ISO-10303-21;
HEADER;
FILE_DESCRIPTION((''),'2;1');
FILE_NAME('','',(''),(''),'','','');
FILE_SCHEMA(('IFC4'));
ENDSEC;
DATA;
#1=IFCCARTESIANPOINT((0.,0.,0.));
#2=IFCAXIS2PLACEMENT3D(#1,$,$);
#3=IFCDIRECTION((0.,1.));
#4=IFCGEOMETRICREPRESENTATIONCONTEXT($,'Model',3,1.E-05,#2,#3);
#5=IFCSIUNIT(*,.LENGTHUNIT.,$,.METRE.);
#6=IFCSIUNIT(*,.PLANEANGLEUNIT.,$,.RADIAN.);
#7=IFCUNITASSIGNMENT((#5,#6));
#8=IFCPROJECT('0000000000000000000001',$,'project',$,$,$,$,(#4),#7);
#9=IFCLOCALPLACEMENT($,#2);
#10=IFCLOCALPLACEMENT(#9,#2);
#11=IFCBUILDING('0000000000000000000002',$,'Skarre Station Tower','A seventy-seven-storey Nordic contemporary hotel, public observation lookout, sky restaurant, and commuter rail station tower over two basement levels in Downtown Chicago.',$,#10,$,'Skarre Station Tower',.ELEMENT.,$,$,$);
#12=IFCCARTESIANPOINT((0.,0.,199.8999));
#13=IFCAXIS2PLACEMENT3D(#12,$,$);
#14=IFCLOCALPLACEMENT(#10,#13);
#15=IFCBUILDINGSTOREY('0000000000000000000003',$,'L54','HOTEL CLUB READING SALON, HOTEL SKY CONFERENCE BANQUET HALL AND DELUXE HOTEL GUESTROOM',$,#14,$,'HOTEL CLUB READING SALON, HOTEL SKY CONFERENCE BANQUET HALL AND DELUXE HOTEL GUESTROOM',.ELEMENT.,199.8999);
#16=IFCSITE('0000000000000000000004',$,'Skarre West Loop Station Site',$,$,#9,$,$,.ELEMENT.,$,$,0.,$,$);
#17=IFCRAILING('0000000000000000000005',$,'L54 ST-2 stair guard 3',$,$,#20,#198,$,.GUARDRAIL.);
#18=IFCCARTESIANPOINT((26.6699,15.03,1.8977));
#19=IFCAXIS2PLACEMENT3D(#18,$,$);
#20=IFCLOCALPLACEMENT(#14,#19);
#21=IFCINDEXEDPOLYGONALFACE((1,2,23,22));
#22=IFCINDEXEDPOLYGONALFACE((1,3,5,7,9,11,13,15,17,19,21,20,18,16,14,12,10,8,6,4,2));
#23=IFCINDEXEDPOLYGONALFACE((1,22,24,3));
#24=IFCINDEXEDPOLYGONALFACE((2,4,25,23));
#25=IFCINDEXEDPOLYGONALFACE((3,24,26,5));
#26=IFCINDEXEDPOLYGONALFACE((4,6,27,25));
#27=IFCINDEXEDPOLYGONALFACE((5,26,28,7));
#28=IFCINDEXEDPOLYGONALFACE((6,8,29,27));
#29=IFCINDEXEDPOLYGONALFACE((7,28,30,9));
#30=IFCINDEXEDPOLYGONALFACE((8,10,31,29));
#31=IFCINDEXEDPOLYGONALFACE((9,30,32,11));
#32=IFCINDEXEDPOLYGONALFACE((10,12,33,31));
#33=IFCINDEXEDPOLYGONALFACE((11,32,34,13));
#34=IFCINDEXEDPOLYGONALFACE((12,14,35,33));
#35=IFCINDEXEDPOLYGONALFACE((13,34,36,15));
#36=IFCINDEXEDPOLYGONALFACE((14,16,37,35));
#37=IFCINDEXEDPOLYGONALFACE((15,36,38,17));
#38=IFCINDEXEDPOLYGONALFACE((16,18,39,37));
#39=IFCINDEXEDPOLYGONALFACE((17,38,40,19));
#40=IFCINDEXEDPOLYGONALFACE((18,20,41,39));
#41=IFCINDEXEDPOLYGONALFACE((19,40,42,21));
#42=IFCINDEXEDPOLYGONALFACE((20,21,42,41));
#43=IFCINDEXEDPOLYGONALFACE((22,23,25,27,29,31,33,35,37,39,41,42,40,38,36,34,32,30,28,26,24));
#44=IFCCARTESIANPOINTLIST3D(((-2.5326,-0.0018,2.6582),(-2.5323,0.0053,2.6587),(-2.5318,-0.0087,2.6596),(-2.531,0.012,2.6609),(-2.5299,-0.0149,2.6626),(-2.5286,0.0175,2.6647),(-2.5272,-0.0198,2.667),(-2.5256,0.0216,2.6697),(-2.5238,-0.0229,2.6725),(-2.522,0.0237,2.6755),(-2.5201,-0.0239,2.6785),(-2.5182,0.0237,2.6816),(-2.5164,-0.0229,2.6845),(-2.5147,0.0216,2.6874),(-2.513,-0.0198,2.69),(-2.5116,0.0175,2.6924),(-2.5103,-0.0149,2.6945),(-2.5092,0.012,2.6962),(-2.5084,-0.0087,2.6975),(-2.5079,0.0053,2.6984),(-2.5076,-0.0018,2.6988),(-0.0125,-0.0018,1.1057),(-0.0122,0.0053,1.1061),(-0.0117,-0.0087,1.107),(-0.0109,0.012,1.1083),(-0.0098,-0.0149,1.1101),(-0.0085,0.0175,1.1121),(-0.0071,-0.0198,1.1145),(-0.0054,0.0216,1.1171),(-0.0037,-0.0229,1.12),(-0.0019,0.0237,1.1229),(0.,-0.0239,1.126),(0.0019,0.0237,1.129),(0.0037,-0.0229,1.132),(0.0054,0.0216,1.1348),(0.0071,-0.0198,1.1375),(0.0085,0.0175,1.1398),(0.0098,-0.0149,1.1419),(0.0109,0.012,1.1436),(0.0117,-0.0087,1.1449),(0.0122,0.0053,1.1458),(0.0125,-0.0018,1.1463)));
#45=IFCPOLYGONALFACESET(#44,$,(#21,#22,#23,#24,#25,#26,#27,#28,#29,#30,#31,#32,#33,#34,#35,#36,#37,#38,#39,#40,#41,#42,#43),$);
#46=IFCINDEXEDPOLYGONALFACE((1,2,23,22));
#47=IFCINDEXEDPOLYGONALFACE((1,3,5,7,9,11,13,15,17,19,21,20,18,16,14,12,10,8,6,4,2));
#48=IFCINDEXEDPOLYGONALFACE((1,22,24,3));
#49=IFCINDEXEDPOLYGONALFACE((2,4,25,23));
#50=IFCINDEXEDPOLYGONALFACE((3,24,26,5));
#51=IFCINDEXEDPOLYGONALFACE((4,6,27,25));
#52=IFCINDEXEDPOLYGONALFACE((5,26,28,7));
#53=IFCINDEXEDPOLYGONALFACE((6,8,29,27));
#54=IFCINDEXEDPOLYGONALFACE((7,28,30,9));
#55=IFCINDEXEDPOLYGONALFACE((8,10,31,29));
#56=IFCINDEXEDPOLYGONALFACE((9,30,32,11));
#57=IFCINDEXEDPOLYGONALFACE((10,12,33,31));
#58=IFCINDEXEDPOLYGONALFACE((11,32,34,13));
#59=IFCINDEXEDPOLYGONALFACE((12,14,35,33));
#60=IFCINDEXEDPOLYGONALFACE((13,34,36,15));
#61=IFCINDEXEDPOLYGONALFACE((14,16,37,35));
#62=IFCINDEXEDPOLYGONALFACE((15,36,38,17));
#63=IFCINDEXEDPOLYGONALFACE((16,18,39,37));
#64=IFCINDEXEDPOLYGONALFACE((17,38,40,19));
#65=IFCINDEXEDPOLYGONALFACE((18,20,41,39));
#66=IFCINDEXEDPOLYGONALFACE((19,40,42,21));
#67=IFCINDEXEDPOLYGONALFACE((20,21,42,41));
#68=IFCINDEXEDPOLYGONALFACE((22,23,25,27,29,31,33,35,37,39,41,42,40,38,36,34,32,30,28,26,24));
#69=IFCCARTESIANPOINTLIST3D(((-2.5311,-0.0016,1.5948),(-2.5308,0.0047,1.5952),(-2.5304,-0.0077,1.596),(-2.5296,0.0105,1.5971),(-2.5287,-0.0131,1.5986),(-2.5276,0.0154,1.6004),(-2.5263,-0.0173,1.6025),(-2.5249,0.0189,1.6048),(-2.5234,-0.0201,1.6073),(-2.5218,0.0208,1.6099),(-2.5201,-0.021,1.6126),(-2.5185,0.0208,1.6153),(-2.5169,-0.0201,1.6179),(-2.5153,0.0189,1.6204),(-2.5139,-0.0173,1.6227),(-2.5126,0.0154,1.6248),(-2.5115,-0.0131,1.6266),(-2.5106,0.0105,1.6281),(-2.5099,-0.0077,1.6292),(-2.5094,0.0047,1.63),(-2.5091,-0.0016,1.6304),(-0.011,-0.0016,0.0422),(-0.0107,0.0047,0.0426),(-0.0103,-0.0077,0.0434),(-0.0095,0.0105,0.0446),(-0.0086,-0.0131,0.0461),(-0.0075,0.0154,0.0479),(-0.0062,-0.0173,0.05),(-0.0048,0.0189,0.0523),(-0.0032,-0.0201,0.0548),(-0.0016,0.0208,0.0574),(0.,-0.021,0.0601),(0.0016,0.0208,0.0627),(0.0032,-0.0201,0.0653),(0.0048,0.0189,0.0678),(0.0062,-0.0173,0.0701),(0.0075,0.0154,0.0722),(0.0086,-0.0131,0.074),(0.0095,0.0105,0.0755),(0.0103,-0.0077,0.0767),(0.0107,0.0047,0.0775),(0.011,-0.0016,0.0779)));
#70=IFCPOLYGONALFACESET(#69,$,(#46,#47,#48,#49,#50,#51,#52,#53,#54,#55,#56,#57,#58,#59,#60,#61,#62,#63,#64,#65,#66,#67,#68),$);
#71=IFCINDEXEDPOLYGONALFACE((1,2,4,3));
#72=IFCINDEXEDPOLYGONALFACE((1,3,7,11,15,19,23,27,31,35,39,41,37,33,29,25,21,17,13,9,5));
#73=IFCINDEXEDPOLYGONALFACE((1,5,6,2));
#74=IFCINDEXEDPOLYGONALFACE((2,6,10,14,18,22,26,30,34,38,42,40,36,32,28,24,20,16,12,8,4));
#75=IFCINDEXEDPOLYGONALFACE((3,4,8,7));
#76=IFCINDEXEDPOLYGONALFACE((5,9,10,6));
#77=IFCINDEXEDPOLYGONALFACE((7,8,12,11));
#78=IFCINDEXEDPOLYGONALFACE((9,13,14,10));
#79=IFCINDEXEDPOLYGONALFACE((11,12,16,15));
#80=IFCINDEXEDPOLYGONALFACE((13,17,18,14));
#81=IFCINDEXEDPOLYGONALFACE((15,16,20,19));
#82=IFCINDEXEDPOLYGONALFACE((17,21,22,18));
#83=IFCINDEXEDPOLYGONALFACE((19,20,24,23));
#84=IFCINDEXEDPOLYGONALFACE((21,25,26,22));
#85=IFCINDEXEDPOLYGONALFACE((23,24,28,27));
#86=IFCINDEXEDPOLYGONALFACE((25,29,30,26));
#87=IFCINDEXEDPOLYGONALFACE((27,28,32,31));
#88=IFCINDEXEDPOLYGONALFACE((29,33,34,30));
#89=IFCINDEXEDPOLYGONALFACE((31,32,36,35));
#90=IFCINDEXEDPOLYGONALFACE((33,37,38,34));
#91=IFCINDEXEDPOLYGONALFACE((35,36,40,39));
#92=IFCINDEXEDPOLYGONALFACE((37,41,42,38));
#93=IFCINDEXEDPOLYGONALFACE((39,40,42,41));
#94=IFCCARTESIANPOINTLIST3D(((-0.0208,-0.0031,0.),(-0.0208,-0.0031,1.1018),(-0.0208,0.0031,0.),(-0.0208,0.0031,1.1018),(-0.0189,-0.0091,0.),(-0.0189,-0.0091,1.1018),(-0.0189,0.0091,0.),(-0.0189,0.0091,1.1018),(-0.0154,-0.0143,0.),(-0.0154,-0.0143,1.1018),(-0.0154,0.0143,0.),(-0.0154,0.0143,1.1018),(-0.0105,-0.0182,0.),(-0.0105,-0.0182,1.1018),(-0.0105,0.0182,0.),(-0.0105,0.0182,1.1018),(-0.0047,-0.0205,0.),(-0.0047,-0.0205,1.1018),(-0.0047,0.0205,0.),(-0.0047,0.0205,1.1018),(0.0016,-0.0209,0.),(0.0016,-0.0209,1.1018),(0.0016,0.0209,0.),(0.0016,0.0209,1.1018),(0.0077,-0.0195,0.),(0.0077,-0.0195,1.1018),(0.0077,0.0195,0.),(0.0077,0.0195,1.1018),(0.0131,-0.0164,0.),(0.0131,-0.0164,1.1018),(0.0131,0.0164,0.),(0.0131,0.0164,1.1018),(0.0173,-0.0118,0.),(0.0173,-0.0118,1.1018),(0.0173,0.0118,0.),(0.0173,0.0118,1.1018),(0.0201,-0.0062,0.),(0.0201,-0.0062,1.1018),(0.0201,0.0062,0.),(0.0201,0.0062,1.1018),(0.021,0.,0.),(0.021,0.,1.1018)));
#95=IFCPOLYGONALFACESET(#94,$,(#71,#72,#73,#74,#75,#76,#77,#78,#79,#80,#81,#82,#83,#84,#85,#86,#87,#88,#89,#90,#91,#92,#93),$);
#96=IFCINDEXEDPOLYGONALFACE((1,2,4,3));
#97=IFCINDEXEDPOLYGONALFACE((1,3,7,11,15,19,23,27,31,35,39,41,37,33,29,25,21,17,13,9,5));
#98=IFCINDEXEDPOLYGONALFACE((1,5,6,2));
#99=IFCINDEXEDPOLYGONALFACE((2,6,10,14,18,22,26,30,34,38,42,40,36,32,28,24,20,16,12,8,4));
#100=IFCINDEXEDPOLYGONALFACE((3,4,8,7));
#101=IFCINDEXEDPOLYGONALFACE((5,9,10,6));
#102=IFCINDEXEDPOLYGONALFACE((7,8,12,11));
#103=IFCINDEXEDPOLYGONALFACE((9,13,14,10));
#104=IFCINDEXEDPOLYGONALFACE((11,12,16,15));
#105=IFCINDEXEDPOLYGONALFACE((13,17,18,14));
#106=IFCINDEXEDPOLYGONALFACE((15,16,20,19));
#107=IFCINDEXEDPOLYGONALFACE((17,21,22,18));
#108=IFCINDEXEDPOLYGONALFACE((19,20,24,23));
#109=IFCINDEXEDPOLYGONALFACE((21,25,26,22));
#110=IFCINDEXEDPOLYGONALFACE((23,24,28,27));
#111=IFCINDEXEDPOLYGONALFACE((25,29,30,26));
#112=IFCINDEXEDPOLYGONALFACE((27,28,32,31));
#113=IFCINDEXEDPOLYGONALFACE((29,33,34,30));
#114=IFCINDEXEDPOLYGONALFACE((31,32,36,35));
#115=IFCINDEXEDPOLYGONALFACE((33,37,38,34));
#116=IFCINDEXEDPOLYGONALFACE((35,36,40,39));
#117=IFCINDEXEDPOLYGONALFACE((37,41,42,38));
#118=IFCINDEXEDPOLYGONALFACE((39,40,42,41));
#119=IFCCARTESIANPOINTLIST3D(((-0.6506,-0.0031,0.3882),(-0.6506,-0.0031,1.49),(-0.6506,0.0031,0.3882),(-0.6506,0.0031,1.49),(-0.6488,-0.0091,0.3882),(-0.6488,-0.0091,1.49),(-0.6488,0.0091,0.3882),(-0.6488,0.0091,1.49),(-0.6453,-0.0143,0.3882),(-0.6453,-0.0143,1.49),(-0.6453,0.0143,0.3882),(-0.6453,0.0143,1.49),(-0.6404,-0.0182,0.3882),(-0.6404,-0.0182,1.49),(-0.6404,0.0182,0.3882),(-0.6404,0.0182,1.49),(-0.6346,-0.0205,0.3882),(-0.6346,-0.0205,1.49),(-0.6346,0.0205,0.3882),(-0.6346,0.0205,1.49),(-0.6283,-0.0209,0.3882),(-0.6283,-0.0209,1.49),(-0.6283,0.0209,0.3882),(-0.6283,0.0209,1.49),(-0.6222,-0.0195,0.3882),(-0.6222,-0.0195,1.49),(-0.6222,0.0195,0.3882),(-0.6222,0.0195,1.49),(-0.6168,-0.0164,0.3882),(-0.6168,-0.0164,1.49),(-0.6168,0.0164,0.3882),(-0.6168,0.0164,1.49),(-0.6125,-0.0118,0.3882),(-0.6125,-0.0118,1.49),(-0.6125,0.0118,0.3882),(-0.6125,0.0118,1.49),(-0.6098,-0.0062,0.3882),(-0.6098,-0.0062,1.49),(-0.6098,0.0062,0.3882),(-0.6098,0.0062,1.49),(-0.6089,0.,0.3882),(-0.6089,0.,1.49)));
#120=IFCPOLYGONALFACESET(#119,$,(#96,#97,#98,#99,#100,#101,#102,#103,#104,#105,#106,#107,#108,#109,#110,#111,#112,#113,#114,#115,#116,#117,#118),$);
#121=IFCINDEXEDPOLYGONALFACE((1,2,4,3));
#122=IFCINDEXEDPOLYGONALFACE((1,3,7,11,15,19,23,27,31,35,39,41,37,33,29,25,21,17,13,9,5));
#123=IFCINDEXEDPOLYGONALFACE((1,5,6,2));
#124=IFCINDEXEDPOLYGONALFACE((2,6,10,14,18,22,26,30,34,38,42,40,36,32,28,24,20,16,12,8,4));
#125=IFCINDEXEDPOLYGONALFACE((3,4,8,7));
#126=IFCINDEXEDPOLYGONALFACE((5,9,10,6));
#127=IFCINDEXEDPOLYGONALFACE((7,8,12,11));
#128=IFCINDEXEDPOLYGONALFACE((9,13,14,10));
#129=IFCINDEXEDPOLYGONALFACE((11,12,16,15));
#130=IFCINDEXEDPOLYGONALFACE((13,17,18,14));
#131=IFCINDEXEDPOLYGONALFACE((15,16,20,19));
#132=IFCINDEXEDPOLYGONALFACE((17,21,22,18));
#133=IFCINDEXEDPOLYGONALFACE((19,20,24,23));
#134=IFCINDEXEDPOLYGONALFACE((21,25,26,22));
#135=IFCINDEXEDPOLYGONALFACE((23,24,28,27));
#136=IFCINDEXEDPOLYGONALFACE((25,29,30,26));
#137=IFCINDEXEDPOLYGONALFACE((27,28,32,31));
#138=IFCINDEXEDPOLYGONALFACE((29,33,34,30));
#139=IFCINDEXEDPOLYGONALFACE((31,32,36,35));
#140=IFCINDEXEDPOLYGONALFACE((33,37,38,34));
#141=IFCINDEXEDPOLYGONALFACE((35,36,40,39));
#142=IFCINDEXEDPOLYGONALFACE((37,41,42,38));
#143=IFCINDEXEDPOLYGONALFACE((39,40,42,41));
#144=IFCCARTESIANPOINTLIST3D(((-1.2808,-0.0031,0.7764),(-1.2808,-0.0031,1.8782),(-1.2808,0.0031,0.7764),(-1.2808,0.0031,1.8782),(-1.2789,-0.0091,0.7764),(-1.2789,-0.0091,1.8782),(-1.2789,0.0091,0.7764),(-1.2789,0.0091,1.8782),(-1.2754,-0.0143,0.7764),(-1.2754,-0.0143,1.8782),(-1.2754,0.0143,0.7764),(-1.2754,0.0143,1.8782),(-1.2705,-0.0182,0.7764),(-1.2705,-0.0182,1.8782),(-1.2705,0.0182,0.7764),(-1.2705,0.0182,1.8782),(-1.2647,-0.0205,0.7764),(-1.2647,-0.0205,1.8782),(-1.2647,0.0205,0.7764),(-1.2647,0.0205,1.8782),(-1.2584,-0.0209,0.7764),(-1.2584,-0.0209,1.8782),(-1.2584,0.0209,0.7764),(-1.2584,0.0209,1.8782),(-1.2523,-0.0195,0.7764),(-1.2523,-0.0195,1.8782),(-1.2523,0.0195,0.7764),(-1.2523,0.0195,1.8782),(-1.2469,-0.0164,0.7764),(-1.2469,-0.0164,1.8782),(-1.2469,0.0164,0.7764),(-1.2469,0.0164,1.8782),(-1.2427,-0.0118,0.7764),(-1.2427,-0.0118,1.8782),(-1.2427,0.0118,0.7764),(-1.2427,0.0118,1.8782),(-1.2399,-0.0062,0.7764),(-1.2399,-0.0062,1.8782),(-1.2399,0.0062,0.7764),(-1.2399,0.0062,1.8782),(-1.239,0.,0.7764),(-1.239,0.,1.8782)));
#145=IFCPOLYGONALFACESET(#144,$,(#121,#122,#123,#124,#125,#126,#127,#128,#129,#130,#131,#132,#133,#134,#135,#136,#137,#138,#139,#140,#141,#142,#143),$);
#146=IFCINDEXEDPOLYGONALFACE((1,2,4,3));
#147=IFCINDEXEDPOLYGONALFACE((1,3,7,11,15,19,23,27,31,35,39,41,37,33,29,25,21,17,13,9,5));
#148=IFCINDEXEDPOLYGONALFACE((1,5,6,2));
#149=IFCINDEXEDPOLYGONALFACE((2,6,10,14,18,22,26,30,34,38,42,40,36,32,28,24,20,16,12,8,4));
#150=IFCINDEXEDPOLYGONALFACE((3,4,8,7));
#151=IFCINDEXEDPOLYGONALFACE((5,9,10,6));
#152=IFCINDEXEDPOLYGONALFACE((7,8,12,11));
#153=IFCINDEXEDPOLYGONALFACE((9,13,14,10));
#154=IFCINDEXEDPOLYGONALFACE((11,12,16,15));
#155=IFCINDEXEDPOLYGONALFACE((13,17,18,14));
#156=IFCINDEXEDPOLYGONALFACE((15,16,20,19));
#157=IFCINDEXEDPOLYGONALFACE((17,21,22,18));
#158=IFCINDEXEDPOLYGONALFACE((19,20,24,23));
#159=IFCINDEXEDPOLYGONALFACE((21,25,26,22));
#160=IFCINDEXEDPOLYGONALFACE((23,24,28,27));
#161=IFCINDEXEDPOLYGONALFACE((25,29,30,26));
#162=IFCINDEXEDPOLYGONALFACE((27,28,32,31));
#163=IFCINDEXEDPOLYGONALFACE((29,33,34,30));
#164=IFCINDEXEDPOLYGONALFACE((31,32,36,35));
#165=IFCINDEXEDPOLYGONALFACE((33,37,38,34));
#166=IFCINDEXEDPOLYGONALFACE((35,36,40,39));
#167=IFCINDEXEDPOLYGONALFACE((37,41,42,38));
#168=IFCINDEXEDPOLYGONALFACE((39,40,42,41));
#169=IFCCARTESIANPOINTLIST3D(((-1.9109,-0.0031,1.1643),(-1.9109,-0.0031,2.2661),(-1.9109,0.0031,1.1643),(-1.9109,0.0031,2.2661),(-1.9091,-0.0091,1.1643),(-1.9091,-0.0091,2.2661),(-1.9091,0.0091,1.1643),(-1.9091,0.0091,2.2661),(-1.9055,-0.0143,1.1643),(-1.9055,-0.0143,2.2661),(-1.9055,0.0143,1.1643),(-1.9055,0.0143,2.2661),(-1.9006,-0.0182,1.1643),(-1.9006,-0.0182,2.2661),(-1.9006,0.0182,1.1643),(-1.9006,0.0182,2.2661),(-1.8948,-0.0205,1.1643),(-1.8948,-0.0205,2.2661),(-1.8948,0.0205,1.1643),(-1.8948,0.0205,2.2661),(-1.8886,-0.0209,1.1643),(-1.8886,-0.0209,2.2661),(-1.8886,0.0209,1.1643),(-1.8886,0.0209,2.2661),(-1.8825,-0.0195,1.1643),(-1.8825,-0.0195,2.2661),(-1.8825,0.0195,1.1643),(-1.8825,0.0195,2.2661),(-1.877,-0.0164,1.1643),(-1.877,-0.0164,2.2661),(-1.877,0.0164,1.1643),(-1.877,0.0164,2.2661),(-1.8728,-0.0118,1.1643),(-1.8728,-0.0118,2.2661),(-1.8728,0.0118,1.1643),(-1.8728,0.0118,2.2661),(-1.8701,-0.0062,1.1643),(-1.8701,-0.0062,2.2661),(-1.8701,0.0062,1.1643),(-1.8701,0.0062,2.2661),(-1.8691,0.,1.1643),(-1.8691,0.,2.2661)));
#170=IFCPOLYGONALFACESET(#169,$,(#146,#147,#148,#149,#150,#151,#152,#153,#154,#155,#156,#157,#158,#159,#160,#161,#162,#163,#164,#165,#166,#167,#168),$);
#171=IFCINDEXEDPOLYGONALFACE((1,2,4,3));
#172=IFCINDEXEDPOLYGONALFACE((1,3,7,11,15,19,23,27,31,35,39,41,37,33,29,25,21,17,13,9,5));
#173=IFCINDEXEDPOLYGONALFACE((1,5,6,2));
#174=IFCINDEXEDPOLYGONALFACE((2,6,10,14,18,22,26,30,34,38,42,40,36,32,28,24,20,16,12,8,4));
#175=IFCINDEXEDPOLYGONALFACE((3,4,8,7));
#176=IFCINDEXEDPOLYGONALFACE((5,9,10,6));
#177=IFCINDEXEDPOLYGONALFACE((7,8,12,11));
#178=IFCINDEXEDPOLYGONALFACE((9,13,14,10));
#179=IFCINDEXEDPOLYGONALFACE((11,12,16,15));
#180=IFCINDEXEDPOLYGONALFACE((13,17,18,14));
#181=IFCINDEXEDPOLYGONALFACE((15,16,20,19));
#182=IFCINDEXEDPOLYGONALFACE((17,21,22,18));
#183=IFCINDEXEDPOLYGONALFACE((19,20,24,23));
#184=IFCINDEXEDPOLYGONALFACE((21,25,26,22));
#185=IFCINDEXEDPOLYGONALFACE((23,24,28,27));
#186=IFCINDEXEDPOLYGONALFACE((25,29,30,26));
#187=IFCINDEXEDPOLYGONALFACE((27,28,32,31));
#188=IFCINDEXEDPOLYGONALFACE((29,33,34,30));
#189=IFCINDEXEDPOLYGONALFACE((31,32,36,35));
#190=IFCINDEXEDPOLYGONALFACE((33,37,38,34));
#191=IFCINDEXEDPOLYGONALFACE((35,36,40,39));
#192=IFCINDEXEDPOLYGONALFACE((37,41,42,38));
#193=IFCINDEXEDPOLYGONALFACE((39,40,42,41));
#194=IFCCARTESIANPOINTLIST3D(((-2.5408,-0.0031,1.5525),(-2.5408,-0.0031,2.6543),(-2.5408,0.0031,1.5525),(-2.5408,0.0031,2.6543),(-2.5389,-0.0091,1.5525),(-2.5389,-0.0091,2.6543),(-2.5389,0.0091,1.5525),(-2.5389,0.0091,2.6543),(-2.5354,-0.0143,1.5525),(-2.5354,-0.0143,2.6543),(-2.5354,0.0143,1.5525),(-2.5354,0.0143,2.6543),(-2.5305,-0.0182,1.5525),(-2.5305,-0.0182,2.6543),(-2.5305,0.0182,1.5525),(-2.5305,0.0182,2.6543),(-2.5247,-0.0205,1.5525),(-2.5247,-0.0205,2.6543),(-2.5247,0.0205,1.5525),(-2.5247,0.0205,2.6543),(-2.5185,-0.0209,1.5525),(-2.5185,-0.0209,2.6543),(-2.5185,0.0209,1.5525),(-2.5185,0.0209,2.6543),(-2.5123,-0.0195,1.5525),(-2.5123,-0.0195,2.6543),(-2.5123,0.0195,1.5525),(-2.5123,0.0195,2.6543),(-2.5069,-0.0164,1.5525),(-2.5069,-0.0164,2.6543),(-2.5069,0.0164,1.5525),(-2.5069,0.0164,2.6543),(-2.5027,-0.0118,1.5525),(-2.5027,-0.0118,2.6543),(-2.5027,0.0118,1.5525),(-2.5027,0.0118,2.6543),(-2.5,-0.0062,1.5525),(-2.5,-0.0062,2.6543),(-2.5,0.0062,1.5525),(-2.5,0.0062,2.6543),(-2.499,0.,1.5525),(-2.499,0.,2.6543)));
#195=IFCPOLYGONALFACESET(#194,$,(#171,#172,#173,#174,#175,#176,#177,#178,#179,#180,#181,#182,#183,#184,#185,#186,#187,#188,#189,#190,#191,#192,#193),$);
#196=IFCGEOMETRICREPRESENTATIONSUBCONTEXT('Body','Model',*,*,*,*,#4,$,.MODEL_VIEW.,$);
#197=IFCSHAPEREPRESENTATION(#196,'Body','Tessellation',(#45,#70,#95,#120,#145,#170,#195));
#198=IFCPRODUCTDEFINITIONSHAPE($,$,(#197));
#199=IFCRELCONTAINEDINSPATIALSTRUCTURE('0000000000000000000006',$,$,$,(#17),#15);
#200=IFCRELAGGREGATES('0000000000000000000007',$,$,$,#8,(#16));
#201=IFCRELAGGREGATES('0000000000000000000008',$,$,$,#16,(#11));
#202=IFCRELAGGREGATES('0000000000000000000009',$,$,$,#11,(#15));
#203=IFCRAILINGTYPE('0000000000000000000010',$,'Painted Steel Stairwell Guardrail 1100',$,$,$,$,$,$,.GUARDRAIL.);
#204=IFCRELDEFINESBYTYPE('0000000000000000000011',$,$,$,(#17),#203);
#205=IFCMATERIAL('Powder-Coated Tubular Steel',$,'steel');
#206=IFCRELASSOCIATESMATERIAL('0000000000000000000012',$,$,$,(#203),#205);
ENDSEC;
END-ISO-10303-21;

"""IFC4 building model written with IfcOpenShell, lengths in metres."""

from ifc_helpers import new_model, si_unit, direction, frame, origin, origin_2d, place, context, subcontext, project, spatial, circle, extrude, material, type_object, element, save


model = new_model("IFC4")

# Units and contexts
model_context = context("Model", 3, precision=1e-05, world=origin(), true_north=direction((0.0, 1.0)))
body_context = subcontext(model_context, "Body", "Model", "MODEL_VIEW")
ifc_project = project(units=[si_unit("LENGTHUNIT", "METRE"), si_unit("PLANEANGLEUNIT", "RADIAN")], contexts=[model_context])

# Site, building, storey
site_placement = place(None, origin())
site = spatial("IfcSite", under=ifc_project, at=site_placement, Name="Skarre West Loop Station Site", CompositionType="ELEMENT", RefElevation=0.0)
building_placement = place(site_placement, origin())
building = spatial("IfcBuilding", under=site, at=building_placement, Name="Skarre Station Tower", Description="A seventy-seven-storey Nordic contemporary hotel, public observation lookout, sky restaurant, and commuter rail station tower over two basement levels in Downtown Chicago.", LongName="Skarre Station Tower", CompositionType="ELEMENT")
storey_placement = place(building_placement, frame((0.0, 0.0, 199.8999)))
storey = spatial("IfcBuildingStorey", under=building, at=storey_placement, Name="L54", Description="HOTEL CLUB READING SALON, HOTEL SKY CONFERENCE BANQUET HALL AND DELUXE HOTEL GUESTROOM", LongName="HOTEL CLUB READING SALON, HOTEL SKY CONFERENCE BANQUET HALL AND DELUXE HOTEL GUESTROOM", CompositionType="ELEMENT", Elevation=199.8999)

# Railing
ifc_material_1 = material(Name="Powder-Coated Tubular Steel", Category="steel")
railing_type_1 = type_object("IfcRailingType", Name="Painted Steel Stairwell Guardrail 1100", PredefinedType="GUARDRAIL", material=ifc_material_1)
railing_1_placement = place(storey_placement, frame((26.6699, 15.03, 1.8977)))
element("IfcRailing", 1, at=railing_1_placement, inside=storey, type_object=railing_type_1, Name="L54 ST-2 stair guard 3", PredefinedType="GUARDRAIL", context=body_context, shape_type="SweptSolid", body=[
    extrude(circle(Radius=0.0239, at=origin_2d()), frame((0.0, 0.0, 1.126), z_axis=(-0.8514, 0.0, 0.524516), x_axis=(0.0, -1.0, 0.0)), (0.0, 0.0, 1.0), 2.96),
    extrude(circle(Radius=0.021, at=origin_2d()), frame((0.0, 0.0, 0.0601), z_axis=(-0.8514, 0.0, 0.524516), x_axis=(0.0, -1.0, 0.0)), (0.0, 0.0, 1.0), 2.96),
    extrude(circle(Radius=0.021, at=origin_2d()), origin(), (0.0, 0.0, 1.0), 1.1018),
    extrude(circle(Radius=0.021, at=origin_2d()), frame((-0.6299, 0.0, 0.3882)), (0.0, 0.0, 1.0), 1.1018),
    extrude(circle(Radius=0.021, at=origin_2d()), frame((-1.26, 0.0, 0.7764)), (0.0, 0.0, 1.0), 1.1018),
    extrude(circle(Radius=0.021, at=origin_2d()), frame((-1.8901, 0.0, 1.1643)), (0.0, 0.0, 1.0), 1.1018),
    extrude(circle(Radius=0.021, at=origin_2d()), frame((-2.52, 0.0, 1.5525)), (0.0, 0.0, 1.0), 1.1018),
])

save(model, "model.ifc")
